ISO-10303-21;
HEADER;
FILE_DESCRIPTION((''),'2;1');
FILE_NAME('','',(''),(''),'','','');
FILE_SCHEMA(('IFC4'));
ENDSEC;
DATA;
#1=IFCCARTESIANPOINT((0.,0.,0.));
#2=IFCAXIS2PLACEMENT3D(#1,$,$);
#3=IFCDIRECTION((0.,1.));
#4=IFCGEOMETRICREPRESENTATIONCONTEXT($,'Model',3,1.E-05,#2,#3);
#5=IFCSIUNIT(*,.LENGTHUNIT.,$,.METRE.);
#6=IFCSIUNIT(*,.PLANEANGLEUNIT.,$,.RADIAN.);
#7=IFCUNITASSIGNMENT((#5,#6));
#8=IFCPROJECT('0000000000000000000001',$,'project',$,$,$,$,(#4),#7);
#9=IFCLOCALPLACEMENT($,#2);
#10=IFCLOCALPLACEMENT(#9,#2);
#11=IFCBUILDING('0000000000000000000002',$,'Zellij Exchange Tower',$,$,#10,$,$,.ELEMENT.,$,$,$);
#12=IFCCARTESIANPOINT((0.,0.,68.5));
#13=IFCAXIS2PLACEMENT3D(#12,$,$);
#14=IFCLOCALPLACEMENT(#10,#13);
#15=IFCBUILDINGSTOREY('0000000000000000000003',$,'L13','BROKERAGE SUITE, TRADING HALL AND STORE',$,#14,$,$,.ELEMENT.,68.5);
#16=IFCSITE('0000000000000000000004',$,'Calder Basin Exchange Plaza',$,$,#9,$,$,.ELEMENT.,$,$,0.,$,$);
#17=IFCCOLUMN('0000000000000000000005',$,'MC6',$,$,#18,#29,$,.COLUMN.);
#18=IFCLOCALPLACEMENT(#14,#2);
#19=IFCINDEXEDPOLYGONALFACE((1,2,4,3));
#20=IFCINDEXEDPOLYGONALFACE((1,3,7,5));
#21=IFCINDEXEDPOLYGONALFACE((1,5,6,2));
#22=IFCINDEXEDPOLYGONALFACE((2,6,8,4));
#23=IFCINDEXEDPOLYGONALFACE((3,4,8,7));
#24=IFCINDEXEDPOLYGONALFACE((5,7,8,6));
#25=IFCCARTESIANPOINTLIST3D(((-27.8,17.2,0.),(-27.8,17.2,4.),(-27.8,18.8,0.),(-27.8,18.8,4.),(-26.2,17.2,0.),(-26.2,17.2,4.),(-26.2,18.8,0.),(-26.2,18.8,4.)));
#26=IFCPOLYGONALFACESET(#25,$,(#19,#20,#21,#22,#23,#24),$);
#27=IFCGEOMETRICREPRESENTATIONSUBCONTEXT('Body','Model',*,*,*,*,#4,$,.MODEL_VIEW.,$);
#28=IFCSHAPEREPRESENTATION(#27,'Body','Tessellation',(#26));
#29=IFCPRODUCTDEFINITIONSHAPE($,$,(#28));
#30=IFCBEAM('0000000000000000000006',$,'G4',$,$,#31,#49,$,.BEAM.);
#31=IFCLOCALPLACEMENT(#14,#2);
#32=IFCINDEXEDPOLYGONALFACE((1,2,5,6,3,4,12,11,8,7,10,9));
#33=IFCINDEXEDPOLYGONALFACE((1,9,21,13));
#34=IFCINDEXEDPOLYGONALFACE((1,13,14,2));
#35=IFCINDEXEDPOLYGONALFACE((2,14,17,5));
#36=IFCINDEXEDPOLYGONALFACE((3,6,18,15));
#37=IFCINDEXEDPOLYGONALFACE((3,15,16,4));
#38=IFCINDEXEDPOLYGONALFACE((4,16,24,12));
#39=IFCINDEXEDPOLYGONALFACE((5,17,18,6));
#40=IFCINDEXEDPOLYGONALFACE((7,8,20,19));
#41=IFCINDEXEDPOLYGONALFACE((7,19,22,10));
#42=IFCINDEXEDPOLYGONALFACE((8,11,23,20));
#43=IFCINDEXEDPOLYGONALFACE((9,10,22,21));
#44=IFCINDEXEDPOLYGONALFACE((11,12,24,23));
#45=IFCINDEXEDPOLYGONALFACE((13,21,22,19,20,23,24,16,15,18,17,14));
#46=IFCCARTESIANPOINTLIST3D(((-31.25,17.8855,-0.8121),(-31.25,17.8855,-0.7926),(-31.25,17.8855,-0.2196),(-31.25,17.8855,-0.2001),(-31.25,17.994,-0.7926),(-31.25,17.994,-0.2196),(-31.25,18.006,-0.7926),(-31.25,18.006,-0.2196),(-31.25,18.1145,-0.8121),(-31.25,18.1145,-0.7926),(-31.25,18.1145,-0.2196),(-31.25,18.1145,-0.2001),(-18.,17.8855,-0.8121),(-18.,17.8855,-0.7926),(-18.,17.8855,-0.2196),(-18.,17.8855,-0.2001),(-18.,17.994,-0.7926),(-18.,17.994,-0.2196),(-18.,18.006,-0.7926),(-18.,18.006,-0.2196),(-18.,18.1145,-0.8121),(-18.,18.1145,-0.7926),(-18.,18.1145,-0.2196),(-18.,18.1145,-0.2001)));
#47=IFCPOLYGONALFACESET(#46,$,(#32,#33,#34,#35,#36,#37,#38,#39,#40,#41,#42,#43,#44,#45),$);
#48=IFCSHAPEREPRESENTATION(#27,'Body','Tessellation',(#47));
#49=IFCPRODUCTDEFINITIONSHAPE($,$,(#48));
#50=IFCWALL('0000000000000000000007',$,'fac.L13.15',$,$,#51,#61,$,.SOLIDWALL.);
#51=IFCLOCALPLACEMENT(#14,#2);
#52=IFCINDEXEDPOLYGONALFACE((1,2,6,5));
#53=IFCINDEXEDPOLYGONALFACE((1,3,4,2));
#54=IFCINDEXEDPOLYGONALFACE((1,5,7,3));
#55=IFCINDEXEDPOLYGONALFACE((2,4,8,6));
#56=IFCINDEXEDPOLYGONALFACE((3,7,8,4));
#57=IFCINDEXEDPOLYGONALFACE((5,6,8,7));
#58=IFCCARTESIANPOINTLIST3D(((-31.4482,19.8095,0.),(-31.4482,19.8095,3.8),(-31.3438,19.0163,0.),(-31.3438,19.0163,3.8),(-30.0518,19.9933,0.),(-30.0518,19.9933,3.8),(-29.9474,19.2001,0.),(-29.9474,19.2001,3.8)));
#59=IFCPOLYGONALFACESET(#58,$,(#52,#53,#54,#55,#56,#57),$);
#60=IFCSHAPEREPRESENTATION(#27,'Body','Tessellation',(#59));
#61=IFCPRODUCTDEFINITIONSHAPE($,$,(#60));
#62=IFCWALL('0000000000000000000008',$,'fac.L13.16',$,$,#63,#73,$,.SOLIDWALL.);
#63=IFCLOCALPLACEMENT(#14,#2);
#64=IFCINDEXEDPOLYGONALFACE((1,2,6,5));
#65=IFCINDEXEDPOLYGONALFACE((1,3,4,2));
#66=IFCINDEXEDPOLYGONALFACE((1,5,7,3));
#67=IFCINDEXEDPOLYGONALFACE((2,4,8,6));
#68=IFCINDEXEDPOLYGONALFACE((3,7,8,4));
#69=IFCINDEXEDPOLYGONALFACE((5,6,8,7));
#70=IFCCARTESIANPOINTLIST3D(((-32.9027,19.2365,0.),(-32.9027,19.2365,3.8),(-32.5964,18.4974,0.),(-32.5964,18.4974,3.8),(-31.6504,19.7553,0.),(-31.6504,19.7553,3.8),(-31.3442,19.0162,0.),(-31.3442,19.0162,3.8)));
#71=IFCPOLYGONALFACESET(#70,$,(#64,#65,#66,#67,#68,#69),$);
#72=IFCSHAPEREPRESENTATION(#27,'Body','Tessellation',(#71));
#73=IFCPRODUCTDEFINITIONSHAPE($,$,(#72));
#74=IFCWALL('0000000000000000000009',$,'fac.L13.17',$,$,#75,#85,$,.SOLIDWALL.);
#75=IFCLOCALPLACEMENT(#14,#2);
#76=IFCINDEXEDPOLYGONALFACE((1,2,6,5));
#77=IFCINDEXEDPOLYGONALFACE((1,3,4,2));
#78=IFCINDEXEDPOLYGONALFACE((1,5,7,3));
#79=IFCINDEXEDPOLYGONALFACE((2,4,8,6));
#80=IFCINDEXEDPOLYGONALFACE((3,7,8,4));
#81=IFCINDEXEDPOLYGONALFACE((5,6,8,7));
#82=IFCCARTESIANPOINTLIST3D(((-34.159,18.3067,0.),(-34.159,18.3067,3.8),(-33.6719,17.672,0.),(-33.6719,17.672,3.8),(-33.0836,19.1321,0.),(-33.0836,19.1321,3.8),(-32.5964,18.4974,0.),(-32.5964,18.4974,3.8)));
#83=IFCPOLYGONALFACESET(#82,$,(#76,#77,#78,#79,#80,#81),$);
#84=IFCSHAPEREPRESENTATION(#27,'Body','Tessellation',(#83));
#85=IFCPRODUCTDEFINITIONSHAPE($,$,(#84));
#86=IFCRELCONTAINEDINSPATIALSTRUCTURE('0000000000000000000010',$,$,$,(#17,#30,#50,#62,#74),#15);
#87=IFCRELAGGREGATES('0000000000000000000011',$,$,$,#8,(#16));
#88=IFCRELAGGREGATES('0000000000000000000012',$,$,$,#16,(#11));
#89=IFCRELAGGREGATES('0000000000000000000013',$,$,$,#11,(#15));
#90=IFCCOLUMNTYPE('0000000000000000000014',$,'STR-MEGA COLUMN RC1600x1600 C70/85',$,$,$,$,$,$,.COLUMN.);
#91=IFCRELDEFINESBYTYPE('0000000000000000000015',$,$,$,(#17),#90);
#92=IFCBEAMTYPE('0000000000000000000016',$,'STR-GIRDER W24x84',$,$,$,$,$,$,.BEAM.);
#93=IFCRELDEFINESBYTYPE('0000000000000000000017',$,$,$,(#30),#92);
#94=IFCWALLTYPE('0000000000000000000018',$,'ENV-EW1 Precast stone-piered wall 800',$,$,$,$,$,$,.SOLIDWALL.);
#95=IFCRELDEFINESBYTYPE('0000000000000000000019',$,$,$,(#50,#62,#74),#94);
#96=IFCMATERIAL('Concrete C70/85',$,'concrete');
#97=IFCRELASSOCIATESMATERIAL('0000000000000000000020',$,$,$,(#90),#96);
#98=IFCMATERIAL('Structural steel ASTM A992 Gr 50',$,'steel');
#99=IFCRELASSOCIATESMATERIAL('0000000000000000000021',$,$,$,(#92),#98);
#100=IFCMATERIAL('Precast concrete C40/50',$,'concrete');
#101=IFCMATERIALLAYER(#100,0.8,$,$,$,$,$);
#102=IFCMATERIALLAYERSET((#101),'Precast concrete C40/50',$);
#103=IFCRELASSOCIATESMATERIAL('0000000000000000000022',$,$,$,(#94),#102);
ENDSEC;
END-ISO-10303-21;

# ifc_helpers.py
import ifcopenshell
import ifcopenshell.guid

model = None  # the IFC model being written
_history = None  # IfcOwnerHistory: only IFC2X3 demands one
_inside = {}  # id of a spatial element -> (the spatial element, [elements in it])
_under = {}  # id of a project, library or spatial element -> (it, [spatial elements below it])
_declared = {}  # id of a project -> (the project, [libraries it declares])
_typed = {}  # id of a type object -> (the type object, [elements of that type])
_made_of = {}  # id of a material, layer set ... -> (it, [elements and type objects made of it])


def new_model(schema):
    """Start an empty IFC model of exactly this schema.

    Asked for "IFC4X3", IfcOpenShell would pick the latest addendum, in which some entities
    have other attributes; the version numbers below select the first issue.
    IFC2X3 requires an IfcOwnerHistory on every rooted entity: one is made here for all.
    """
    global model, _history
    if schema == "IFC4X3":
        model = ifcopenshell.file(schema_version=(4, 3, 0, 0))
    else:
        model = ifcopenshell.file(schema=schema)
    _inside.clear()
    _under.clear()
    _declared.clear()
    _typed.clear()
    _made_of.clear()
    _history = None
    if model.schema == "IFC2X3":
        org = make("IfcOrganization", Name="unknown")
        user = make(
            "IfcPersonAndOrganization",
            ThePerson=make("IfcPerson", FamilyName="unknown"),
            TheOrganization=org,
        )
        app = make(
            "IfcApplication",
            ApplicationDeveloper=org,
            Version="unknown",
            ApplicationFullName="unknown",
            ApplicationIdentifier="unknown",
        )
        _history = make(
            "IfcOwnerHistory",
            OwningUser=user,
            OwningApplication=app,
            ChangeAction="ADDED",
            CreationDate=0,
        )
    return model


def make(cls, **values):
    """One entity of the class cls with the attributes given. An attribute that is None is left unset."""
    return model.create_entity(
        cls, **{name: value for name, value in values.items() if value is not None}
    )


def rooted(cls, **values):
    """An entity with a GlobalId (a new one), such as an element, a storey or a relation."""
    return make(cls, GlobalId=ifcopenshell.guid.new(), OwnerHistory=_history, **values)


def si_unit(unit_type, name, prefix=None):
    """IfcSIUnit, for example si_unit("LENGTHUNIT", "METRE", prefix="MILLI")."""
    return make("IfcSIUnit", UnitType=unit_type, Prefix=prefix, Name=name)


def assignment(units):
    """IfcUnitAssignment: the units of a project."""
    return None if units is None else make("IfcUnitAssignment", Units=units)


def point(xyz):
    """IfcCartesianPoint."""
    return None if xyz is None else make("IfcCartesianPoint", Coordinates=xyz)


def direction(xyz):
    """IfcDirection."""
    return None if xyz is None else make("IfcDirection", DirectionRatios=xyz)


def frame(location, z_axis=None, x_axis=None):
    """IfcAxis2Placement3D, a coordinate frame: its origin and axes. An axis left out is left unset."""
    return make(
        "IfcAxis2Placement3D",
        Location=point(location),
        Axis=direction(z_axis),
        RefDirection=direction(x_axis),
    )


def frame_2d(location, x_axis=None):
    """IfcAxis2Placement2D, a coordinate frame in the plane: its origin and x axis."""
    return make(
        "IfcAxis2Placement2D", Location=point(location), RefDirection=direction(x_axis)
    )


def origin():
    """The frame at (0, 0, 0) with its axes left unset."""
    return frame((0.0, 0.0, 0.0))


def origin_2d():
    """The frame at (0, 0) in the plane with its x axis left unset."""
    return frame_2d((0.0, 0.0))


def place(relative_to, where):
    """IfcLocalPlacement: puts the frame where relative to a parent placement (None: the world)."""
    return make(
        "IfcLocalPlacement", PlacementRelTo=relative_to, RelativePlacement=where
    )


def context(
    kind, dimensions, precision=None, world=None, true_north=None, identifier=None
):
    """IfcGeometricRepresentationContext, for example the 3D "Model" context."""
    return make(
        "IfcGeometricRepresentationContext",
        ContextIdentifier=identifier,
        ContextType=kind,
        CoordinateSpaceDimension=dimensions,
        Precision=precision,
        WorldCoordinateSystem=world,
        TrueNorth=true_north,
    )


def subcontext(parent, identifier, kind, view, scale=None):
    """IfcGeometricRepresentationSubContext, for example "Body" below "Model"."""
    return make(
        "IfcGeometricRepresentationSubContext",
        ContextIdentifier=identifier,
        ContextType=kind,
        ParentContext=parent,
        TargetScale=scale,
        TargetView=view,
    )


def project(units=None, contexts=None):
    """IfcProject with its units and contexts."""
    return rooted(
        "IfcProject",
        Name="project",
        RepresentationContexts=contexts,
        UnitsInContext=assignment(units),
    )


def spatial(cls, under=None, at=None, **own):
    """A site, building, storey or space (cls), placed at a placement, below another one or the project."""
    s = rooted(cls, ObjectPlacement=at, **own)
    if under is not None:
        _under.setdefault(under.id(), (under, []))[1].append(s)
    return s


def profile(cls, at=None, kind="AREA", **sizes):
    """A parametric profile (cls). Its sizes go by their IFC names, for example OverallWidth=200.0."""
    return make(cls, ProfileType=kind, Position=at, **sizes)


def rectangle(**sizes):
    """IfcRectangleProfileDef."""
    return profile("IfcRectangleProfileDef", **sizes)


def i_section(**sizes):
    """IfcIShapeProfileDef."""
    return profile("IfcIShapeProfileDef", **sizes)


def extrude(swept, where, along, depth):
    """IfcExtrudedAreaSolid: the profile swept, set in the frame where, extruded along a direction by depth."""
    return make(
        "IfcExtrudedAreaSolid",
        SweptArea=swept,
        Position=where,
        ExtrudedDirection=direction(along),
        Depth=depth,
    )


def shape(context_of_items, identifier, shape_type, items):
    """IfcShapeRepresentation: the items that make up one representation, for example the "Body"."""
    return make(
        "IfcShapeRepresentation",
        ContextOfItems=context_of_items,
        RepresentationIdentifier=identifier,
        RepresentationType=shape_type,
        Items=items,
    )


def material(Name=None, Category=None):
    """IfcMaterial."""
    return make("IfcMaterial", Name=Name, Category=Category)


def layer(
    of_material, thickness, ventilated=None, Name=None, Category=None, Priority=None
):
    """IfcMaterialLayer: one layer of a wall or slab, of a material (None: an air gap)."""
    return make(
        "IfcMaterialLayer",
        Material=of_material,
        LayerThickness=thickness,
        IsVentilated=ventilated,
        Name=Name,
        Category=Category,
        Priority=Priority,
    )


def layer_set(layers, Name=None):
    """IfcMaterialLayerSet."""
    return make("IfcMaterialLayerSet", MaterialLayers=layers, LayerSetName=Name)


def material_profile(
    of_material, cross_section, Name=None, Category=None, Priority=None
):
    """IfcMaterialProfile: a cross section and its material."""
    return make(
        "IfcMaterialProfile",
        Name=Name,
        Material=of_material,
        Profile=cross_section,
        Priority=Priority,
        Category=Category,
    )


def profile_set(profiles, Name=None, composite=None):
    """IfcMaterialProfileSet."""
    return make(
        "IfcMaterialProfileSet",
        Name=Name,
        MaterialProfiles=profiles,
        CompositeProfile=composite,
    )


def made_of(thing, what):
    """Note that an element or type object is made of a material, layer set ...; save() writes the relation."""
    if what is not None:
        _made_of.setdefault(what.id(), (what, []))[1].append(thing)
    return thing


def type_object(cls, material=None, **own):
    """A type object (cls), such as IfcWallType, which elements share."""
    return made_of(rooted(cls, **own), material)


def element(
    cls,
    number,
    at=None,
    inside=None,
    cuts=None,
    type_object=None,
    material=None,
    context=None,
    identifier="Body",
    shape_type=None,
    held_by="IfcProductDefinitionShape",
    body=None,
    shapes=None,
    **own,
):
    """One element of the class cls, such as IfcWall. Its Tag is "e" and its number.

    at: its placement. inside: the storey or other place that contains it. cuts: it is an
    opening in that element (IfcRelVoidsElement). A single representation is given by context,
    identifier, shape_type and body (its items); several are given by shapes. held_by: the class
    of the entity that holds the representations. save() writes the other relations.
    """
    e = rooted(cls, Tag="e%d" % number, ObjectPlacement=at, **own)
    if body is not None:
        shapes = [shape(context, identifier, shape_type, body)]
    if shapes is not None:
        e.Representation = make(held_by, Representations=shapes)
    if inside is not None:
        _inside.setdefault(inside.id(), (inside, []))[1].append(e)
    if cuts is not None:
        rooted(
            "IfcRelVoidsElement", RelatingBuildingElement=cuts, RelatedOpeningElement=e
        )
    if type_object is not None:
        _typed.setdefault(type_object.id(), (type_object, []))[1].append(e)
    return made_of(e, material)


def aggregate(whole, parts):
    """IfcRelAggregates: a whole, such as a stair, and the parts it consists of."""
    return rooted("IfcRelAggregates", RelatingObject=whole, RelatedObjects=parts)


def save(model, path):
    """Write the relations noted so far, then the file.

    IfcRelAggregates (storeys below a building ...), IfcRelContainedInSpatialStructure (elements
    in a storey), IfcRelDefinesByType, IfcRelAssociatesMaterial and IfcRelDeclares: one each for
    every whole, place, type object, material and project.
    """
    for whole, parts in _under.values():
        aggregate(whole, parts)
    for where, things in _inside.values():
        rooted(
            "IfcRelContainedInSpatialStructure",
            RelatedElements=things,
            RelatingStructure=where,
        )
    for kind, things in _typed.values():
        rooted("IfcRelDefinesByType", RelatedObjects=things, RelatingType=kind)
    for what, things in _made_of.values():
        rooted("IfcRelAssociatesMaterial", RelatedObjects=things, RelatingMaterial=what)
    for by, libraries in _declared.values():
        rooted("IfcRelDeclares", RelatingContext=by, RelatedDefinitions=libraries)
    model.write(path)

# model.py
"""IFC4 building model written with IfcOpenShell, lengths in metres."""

from ifc_helpers import new_model, si_unit, direction, frame, frame_2d, origin, origin_2d, place, context, subcontext, project, spatial, rectangle, i_section, extrude, material, layer, layer_set, material_profile, profile_set, type_object, element, save


model = new_model("IFC4")

# Units and contexts
model_context = context("Model", 3, precision=1e-05, world=origin(), true_north=direction((0.0, 1.0)))
body_context = subcontext(model_context, "Body", "Model", "MODEL_VIEW")
ifc_project = project(units=[si_unit("LENGTHUNIT", "METRE"), si_unit("PLANEANGLEUNIT", "RADIAN")], contexts=[model_context])

# Site, building, storey
site_placement = place(None, origin())
site = spatial("IfcSite", under=ifc_project, at=site_placement, Name="Calder Basin Exchange Plaza", CompositionType="ELEMENT", RefElevation=0.0)
building_placement = place(site_placement, origin())
building = spatial("IfcBuilding", under=site, at=building_placement, Name="Zellij Exchange Tower", CompositionType="ELEMENT")
storey_placement = place(building_placement, frame((0.0, 0.0, 68.5)))
storey = spatial("IfcBuildingStorey", under=building, at=storey_placement, Name="L13", Description="BROKERAGE SUITE, TRADING HALL AND STORE", CompositionType="ELEMENT", Elevation=68.5)

# Column
ifc_material_1 = material(Name="Concrete C70/85", Category="concrete")
ifc_material_profile_1 = material_profile(ifc_material_1, rectangle(XDim=1.6001, YDim=1.6001, at=origin_2d()), Name="STR-MEGA COLUMN RC1600x1600 C70/85")
ifc_profile_set_1 = profile_set([ifc_material_profile_1], Name="Concrete C70/85")
column_type = type_object("IfcColumnType", Name="STR-MEGA COLUMN RC1600x1600 C70/85", PredefinedType="COLUMN", material=ifc_profile_set_1)
column_placement = place(storey_placement, frame((-27.0, 18.0, 0.0), z_axis=(0.0, 0.0, 1.0), x_axis=(1.0, 0.0, 0.0)))
element("IfcColumn", 1, at=column_placement, inside=storey, type_object=column_type, Name="MC6", PredefinedType="COLUMN", context=body_context, shape_type="SweptSolid", body=[
    extrude(rectangle(XDim=1.6001, YDim=1.6001, at=origin_2d()), origin(), (0.0, 0.0, 1.0), 4.0),
])

# Beam
ifc_material_2 = material(Name="Structural steel ASTM A992 Gr 50", Category="steel")
ifc_material_profile_2 = material_profile(ifc_material_2, i_section(OverallWidth=0.229, OverallDepth=0.6121, WebThickness=0.012, FlangeThickness=0.0195, at=origin_2d()), Name="W24x84")
ifc_profile_set_2 = profile_set([ifc_material_profile_2], Name="Structural steel ASTM A992 Gr 50")
beam_type = type_object("IfcBeamType", Name="STR-GIRDER W24x84", PredefinedType="BEAM", material=ifc_profile_set_2)
beam_placement = place(storey_placement, frame((-31.25, 18.0, -0.5061), z_axis=(1.0, 0.0, 0.0), x_axis=(0.0, 1.0, 0.0)))
element("IfcBeam", 2, at=beam_placement, inside=storey, type_object=beam_type, Name="G4", PredefinedType="BEAM", context=body_context, shape_type="SweptSolid", body=[
    extrude(i_section(OverallWidth=0.229, OverallDepth=0.6121, WebThickness=0.012, FlangeThickness=0.0195, at=origin_2d()), origin(), (0.0, 0.0, 1.0), 13.25),
])

# Walls
ifc_material_3 = material(Name="Precast concrete C40/50", Category="concrete")
ifc_layer_1 = layer(ifc_material_3, 0.8)
ifc_layer_set_1 = layer_set([ifc_layer_1], Name="Precast concrete C40/50")
wall_type = type_object("IfcWallType", Name="ENV-EW1 Precast stone-piered wall 800", PredefinedType="SOLIDWALL", material=ifc_layer_set_1)
wall_1_placement = place(storey_placement, frame((-29.9998, 19.5967, 0.0), z_axis=(0.0, 0.0, 1.0), x_axis=(-0.991446, -0.130517, 0.0)))
element("IfcWall", 3, at=wall_1_placement, inside=storey, type_object=wall_type, Name="fac.L13.15", PredefinedType="SOLIDWALL", context=body_context, shape_type="SweptSolid", body=[
    extrude(rectangle(XDim=1.4084, YDim=0.8, at=frame_2d((0.7041, 0.0))), origin(), (0.0, 0.0, 1.0), 3.8),
])
wall_2_placement = place(storey_placement, frame((-31.4973, 19.3857, 0.0), z_axis=(0.0, 0.0, 1.0), x_axis=(-0.923848, -0.38276, 0.0)))
element("IfcWall", 4, at=wall_2_placement, inside=storey, type_object=wall_type, Name="fac.L13.16", PredefinedType="SOLIDWALL", context=body_context, shape_type="SweptSolid", body=[
    extrude(rectangle(XDim=1.3555, YDim=0.8, at=frame_2d((0.6777, 0.0))), origin(), (0.0, 0.0, 1.0), 3.8),
])
wall_3_placement = place(storey_placement, frame((-32.8401, 18.8147, 0.0), z_axis=(0.0, 0.0, 1.0), x_axis=(-0.793273, -0.608866, 0.0)))
element("IfcWall", 5, at=wall_3_placement, inside=storey, type_object=wall_type, Name="fac.L13.17", PredefinedType="SOLIDWALL", context=body_context, shape_type="SweptSolid", body=[
    extrude(rectangle(XDim=1.3557, YDim=0.8, at=frame_2d((0.6777, 0.0))), origin(), (0.0, 0.0, 1.0), 3.8),
])

save(model, "model.ifc")
